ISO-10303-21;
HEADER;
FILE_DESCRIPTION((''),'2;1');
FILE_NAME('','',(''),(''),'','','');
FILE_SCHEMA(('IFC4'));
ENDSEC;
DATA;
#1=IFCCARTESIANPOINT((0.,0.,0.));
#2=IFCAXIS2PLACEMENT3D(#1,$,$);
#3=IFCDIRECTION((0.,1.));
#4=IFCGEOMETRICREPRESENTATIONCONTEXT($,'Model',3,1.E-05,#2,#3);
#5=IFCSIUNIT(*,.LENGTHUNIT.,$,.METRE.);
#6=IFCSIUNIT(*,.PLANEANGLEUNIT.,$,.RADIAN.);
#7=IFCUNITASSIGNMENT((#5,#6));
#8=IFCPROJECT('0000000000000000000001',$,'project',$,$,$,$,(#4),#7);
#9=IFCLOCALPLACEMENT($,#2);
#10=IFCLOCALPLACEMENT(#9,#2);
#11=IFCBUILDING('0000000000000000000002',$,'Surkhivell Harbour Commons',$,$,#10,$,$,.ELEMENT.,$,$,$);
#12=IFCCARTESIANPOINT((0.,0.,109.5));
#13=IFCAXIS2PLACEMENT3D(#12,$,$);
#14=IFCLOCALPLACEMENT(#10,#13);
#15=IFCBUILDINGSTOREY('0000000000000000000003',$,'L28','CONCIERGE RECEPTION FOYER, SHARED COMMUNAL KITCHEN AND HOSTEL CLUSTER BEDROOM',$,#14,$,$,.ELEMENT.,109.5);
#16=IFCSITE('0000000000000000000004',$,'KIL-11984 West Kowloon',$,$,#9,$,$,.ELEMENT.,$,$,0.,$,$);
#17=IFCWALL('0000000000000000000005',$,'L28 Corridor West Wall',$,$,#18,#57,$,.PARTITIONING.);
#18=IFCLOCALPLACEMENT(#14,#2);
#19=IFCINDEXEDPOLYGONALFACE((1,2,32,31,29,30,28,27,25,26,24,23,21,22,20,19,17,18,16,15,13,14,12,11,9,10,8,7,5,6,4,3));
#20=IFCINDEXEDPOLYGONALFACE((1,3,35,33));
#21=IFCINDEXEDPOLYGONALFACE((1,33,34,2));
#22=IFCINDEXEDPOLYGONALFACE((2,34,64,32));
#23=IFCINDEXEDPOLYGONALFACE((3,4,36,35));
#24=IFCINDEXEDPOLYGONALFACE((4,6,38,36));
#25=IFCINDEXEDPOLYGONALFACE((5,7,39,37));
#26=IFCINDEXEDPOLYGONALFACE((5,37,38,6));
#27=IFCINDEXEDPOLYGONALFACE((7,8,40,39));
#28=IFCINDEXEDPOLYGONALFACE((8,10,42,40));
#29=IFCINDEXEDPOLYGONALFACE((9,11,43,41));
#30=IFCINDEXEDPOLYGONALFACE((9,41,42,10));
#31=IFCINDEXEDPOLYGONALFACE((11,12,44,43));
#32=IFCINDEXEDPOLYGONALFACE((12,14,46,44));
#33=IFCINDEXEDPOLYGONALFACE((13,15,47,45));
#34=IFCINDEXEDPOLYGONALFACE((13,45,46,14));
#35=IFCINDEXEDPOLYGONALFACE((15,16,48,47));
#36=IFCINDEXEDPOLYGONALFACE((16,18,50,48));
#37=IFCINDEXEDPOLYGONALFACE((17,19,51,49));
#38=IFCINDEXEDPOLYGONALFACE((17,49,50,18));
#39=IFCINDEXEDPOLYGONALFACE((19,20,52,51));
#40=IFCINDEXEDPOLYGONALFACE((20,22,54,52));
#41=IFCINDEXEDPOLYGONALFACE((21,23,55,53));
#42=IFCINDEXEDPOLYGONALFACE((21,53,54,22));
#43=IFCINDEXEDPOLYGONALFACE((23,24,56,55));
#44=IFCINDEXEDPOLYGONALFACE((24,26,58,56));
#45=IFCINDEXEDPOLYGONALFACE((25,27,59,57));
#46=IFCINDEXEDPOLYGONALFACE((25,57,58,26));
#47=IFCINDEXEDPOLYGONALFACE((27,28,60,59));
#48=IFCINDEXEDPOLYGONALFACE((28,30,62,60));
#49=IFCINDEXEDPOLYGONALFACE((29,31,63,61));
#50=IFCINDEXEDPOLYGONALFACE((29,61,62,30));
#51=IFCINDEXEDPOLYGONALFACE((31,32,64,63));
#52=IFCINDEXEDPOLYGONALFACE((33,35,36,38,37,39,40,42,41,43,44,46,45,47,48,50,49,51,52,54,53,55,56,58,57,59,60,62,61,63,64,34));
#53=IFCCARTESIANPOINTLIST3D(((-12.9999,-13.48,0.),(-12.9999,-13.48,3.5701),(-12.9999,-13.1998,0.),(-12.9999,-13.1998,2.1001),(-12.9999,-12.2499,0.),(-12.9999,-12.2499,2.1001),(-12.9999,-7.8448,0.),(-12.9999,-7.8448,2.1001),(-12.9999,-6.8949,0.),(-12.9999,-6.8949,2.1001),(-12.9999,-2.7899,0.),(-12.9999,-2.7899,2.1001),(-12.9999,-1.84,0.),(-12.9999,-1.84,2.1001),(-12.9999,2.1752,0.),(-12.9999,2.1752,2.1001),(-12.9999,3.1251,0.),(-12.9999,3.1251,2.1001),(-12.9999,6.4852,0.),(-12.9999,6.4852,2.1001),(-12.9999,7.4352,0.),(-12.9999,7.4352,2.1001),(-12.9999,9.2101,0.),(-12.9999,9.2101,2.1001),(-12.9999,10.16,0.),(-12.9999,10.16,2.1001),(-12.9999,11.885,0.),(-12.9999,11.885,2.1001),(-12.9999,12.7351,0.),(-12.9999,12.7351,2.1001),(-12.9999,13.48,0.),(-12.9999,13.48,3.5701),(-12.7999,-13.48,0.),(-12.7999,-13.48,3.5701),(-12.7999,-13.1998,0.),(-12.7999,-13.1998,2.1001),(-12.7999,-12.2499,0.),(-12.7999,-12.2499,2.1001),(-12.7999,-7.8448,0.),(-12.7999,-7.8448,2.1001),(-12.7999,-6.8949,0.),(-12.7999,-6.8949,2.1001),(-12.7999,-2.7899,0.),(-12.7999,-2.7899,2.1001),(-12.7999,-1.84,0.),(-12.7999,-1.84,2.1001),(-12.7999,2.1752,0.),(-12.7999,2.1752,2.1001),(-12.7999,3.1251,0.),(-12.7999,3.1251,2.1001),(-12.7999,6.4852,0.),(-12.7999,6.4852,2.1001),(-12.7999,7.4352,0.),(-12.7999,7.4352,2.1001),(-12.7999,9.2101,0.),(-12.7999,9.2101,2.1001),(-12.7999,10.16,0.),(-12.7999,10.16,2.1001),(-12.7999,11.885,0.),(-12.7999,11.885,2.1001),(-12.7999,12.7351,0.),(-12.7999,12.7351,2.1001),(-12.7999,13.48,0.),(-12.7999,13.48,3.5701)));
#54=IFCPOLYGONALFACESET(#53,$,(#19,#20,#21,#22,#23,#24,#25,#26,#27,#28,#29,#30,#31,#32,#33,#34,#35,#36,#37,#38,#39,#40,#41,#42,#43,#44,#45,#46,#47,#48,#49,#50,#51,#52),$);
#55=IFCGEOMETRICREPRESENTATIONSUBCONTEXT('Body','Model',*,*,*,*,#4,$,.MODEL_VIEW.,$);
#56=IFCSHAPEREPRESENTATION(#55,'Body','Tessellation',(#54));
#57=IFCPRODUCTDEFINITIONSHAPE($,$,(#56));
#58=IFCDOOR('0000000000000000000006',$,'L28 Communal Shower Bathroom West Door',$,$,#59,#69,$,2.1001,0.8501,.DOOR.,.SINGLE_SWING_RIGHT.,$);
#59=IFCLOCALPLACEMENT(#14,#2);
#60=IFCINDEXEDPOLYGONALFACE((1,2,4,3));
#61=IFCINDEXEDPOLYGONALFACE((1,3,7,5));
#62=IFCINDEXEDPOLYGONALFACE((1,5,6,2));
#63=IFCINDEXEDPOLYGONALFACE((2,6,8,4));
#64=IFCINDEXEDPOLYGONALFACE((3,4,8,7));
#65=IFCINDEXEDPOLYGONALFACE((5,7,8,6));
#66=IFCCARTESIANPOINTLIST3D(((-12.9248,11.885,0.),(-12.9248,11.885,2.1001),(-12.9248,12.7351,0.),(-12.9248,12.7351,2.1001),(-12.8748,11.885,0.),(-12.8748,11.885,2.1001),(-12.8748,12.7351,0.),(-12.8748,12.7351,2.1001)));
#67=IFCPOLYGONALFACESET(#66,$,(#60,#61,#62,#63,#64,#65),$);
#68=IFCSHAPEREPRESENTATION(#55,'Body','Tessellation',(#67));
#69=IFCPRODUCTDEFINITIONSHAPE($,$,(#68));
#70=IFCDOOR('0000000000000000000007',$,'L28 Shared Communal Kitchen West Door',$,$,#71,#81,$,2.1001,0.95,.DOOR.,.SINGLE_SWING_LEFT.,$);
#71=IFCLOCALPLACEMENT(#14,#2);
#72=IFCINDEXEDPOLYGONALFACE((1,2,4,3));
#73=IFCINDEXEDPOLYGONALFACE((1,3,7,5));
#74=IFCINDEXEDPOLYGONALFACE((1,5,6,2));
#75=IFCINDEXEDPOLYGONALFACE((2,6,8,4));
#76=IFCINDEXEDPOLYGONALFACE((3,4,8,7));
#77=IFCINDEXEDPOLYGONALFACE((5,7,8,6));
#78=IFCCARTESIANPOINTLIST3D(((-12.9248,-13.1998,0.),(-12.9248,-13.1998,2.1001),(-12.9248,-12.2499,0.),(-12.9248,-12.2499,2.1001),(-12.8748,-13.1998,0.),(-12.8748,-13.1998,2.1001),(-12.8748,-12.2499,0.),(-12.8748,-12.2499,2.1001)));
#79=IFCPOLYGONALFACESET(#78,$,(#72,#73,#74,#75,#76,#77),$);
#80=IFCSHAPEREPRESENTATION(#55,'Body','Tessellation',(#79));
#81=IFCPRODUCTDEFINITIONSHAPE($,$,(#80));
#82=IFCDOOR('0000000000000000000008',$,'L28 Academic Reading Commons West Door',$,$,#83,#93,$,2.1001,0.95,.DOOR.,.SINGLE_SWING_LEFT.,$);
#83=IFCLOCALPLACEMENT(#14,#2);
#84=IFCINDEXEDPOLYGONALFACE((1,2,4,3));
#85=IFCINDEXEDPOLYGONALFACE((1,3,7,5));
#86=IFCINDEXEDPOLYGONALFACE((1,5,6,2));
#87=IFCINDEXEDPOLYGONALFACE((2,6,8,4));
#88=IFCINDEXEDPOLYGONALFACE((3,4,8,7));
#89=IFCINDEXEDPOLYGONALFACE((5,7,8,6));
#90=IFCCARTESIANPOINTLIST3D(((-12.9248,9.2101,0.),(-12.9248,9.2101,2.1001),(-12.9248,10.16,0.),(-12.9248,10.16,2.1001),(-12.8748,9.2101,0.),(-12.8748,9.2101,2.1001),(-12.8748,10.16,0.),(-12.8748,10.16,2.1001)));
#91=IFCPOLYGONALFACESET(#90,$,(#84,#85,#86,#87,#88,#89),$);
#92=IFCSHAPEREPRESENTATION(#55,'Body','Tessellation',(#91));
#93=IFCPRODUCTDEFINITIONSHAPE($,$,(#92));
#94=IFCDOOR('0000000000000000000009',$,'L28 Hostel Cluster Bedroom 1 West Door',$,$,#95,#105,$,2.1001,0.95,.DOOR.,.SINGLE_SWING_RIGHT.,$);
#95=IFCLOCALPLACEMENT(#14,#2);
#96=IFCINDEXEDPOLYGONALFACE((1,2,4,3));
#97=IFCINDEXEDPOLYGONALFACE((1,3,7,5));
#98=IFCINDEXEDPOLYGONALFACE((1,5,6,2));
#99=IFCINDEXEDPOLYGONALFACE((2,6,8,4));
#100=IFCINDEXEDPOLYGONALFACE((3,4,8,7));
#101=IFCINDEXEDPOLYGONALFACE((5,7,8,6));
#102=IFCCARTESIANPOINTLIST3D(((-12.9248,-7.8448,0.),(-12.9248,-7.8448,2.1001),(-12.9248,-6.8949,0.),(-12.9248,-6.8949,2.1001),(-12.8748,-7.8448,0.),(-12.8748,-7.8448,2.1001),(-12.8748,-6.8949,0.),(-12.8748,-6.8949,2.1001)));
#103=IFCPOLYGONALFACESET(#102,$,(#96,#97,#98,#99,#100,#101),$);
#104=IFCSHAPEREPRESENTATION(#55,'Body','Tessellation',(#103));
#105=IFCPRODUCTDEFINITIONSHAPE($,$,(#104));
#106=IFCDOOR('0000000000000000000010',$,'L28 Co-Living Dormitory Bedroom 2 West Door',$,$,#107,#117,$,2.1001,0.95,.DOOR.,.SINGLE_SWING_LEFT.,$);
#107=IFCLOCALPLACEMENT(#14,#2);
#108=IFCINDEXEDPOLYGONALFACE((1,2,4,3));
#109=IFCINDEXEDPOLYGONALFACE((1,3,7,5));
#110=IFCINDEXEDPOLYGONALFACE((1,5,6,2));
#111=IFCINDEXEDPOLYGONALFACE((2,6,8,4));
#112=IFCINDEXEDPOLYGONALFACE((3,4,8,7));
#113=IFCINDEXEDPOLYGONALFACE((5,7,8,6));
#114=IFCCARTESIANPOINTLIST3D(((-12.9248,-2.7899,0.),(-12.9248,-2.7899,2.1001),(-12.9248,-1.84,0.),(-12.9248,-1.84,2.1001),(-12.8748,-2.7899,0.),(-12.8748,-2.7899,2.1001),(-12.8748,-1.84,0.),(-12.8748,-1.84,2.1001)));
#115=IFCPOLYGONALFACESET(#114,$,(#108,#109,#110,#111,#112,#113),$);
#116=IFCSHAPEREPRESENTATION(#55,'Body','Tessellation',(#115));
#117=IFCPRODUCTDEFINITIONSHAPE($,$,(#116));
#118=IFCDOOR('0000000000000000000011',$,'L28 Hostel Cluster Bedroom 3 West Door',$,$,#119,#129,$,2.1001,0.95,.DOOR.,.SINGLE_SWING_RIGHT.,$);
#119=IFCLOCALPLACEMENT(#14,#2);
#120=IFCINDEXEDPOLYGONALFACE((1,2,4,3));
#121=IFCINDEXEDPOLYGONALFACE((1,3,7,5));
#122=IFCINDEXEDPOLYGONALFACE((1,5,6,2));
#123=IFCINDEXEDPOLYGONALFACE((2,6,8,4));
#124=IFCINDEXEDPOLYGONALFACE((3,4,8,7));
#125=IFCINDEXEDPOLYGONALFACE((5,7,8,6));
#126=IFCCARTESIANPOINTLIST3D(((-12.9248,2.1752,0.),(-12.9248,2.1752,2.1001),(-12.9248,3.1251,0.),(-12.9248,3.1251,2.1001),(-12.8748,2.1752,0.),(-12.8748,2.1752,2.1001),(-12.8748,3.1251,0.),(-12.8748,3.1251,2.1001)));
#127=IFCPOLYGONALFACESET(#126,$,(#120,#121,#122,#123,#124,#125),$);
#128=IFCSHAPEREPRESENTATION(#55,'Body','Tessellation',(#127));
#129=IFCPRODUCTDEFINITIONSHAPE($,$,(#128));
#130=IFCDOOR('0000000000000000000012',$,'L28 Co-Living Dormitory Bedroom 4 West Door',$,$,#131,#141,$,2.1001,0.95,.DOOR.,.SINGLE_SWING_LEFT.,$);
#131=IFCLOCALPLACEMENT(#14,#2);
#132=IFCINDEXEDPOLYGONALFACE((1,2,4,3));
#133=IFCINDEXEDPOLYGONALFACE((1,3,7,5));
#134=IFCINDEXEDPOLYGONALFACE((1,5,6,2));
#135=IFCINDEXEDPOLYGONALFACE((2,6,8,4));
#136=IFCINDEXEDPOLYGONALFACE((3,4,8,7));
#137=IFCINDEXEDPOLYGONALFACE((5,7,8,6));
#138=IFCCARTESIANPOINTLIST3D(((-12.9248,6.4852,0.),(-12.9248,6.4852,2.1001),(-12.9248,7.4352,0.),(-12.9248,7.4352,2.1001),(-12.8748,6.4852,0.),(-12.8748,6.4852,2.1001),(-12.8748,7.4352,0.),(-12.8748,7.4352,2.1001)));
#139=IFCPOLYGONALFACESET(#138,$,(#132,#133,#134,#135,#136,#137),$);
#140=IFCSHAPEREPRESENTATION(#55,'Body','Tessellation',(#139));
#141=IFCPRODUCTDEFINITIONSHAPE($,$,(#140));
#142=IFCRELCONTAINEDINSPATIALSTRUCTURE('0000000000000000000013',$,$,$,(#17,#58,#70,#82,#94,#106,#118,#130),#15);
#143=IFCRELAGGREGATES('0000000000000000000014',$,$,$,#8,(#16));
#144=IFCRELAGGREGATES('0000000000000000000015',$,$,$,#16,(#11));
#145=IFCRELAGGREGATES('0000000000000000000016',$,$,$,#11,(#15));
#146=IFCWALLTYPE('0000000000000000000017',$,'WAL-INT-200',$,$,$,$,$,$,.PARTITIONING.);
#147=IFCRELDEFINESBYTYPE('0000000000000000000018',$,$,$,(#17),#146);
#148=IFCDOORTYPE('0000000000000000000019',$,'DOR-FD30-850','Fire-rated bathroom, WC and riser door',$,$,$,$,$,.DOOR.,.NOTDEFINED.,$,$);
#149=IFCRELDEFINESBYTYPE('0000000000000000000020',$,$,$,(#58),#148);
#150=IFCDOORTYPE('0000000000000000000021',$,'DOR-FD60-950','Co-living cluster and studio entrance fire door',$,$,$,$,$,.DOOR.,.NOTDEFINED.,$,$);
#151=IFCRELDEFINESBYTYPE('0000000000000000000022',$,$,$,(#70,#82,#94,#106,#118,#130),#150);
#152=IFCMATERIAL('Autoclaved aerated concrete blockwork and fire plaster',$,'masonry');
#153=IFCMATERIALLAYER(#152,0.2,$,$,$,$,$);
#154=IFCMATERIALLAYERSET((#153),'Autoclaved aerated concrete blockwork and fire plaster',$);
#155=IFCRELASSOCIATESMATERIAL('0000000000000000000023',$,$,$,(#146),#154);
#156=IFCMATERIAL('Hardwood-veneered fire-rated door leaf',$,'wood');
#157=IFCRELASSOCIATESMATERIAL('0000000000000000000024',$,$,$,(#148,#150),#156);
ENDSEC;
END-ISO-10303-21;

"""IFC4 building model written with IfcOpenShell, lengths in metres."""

from ifc_helpers import new_model, si_unit, direction, frame, frame_2d, origin, place, context, subcontext, project, spatial, rectangle, extrude, material, layer, layer_set, type_object, element, fill, save


model = new_model("IFC4")

# Units and contexts
model_context = context("Model", 3, precision=1e-05, world=origin(), true_north=direction((0.0, 1.0)))
body_context = subcontext(model_context, "Body", "Model", "MODEL_VIEW")
ifc_project = project(units=[si_unit("LENGTHUNIT", "METRE"), si_unit("PLANEANGLEUNIT", "RADIAN")], contexts=[model_context])

# Site, building, storey
site_placement = place(None, origin())
site = spatial("IfcSite", under=ifc_project, at=site_placement, Name="KIL-11984 West Kowloon", CompositionType="ELEMENT", RefElevation=0.0)
building_placement = place(site_placement, origin())
building = spatial("IfcBuilding", under=site, at=building_placement, Name="Surkhivell Harbour Commons", CompositionType="ELEMENT")
storey_placement = place(building_placement, frame((0.0, 0.0, 109.5)))
storey = spatial("IfcBuildingStorey", under=building, at=storey_placement, Name="L28", Description="CONCIERGE RECEPTION FOYER, SHARED COMMUNAL KITCHEN AND HOSTEL CLUSTER BEDROOM", CompositionType="ELEMENT", Elevation=109.5)

# Wall, openings, doors
ifc_material_1 = material(Name="Autoclaved aerated concrete blockwork and fire plaster", Category="masonry")
ifc_layer_1 = layer(ifc_material_1, 0.2)
ifc_layer_set_1 = layer_set([ifc_layer_1], Name="Autoclaved aerated concrete blockwork and fire plaster")
wall_type_1 = type_object("IfcWallType", Name="WAL-INT-200", PredefinedType="PARTITIONING", material=ifc_layer_set_1)
ifc_material_2 = material(Name="Hardwood-veneered fire-rated door leaf", Category="wood")
door_type_1 = type_object("IfcDoorType", Name="DOR-FD30-850", Description="Fire-rated bathroom, WC and riser door", OperationType="NOTDEFINED", PredefinedType="DOOR", material=ifc_material_2)
door_type_2 = type_object("IfcDoorType", Name="DOR-FD60-950", Description="Co-living cluster and studio entrance fire door", OperationType="NOTDEFINED", PredefinedType="DOOR", material=ifc_material_2)
wall_1_placement = place(storey_placement, frame((-12.8999, -13.48, 0.0), z_axis=(0.0, 0.0, 1.0), x_axis=(0.0, 1.0, 0.0)))
wall_1 = element("IfcWall", 1, at=wall_1_placement, inside=storey, type_object=wall_type_1, Name="L28 Corridor West Wall", PredefinedType="PARTITIONING", context=body_context, shape_type="SweptSolid", body=[
    extrude(rectangle(XDim=26.96, YDim=0.2, at=frame_2d((13.48, 0.0))), origin(), (0.0, 0.0, 1.0), 3.5701),
])
opening_1_placement = place(wall_1_placement, frame((0.28, 0.0, 0.0)))
opening_1 = element("IfcOpeningElement", 2, at=opening_1_placement, cuts=wall_1, PredefinedType="OPENING", context=body_context, shape_type="SweptSolid", body=[
    extrude(rectangle(XDim=0.95, YDim=2.1001, at=frame_2d((0.4751, 1.05))), frame((0.0, 0.1099, 0.0), z_axis=(0.0, -1.0, 0.0), x_axis=(1.0, 0.0, 0.0)), (0.0, 0.0, 1.0), 0.22),
])
opening_2_placement = place(wall_1_placement, frame((25.365, 0.0, 0.0)))
opening_2 = element("IfcOpeningElement", 3, at=opening_2_placement, cuts=wall_1, PredefinedType="OPENING", context=body_context, shape_type="SweptSolid", body=[
    extrude(rectangle(XDim=0.8501, YDim=2.1001, at=frame_2d((0.425, 1.05))), frame((0.0, 0.1099, 0.0), z_axis=(0.0, -1.0, 0.0), x_axis=(1.0, 0.0, 0.0)), (0.0, 0.0, 1.0), 0.22),
])
opening_3_placement = place(wall_1_placement, frame((22.6899, 0.0, 0.0)))
opening_3 = element("IfcOpeningElement", 4, at=opening_3_placement, cuts=wall_1, PredefinedType="OPENING", context=body_context, shape_type="SweptSolid", body=[
    extrude(rectangle(XDim=0.95, YDim=2.1001, at=frame_2d((0.4751, 1.05))), frame((0.0, 0.1099, 0.0), z_axis=(0.0, -1.0, 0.0), x_axis=(1.0, 0.0, 0.0)), (0.0, 0.0, 1.0), 0.22),
])
opening_4_placement = place(wall_1_placement, frame((5.635, 0.0, 0.0)))
opening_4 = element("IfcOpeningElement", 5, at=opening_4_placement, cuts=wall_1, PredefinedType="OPENING", context=body_context, shape_type="SweptSolid", body=[
    extrude(rectangle(XDim=0.95, YDim=2.1001, at=frame_2d((0.4751, 1.05))), frame((0.0, 0.1099, 0.0), z_axis=(0.0, -1.0, 0.0), x_axis=(1.0, 0.0, 0.0)), (0.0, 0.0, 1.0), 0.22),
])
opening_5_placement = place(wall_1_placement, frame((10.6899, 0.0, 0.0)))
opening_5 = element("IfcOpeningElement", 6, at=opening_5_placement, cuts=wall_1, PredefinedType="OPENING", context=body_context, shape_type="SweptSolid", body=[
    extrude(rectangle(XDim=0.95, YDim=2.1001, at=frame_2d((0.4751, 1.05))), frame((0.0, 0.1099, 0.0), z_axis=(0.0, -1.0, 0.0), x_axis=(1.0, 0.0, 0.0)), (0.0, 0.0, 1.0), 0.22),
])
opening_6_placement = place(wall_1_placement, frame((15.655, 0.0, 0.0)))
opening_6 = element("IfcOpeningElement", 7, at=opening_6_placement, cuts=wall_1, PredefinedType="OPENING", context=body_context, shape_type="SweptSolid", body=[
    extrude(rectangle(XDim=0.95, YDim=2.1001, at=frame_2d((0.4751, 1.05))), frame((0.0, 0.1099, 0.0), z_axis=(0.0, -1.0, 0.0), x_axis=(1.0, 0.0, 0.0)), (0.0, 0.0, 1.0), 0.22),
])
opening_7_placement = place(wall_1_placement, frame((19.9651, 0.0, 0.0)))
opening_7 = element("IfcOpeningElement", 8, at=opening_7_placement, cuts=wall_1, PredefinedType="OPENING", context=body_context, shape_type="SweptSolid", body=[
    extrude(rectangle(XDim=0.95, YDim=2.1001, at=frame_2d((0.4751, 1.05))), frame((0.0, 0.1099, 0.0), z_axis=(0.0, -1.0, 0.0), x_axis=(1.0, 0.0, 0.0)), (0.0, 0.0, 1.0), 0.22),
])
door_1_placement = place(opening_2_placement, origin())
door_1 = element("IfcDoor", 9, at=door_1_placement, inside=storey, type_object=door_type_1, Name="L28 Communal Shower Bathroom West Door", OperationType="SINGLE_SWING_RIGHT", OverallHeight=2.1001, OverallWidth=0.8501, PredefinedType="DOOR", context=body_context, shape_type="SweptSolid", body=[
    extrude(rectangle(XDim=0.8501, YDim=2.1001, at=frame_2d((0.425, 1.05))), frame((0.0, 0.0249, 0.0), z_axis=(0.0, -1.0, 0.0), x_axis=(1.0, 0.0, 0.0)), (0.0, 0.0, 1.0), 0.05),
])
fill(opening_2, door_1)
door_2_placement = place(opening_1_placement, origin())
door_2 = element("IfcDoor", 10, at=door_2_placement, inside=storey, type_object=door_type_2, Name="L28 Shared Communal Kitchen West Door", OperationType="SINGLE_SWING_LEFT", OverallHeight=2.1001, OverallWidth=0.95, PredefinedType="DOOR", context=body_context, shape_type="SweptSolid", body=[
    extrude(rectangle(XDim=0.95, YDim=2.1001, at=frame_2d((0.4751, 1.05))), frame((0.0, 0.0249, 0.0), z_axis=(0.0, -1.0, 0.0), x_axis=(1.0, 0.0, 0.0)), (0.0, 0.0, 1.0), 0.05),
])
fill(opening_1, door_2)
door_3_placement = place(opening_3_placement, origin())
door_3 = element("IfcDoor", 11, at=door_3_placement, inside=storey, type_object=door_type_2, Name="L28 Academic Reading Commons West Door", OperationType="SINGLE_SWING_LEFT", OverallHeight=2.1001, OverallWidth=0.95, PredefinedType="DOOR", context=body_context, shape_type="SweptSolid", body=[
    extrude(rectangle(XDim=0.95, YDim=2.1001, at=frame_2d((0.4751, 1.05))), frame((0.0, 0.0249, 0.0), z_axis=(0.0, -1.0, 0.0), x_axis=(1.0, 0.0, 0.0)), (0.0, 0.0, 1.0), 0.05),
])
fill(opening_3, door_3)
door_4_placement = place(opening_4_placement, origin())
door_4 = element("IfcDoor", 12, at=door_4_placement, inside=storey, type_object=door_type_2, Name="L28 Hostel Cluster Bedroom 1 West Door", OperationType="SINGLE_SWING_RIGHT", OverallHeight=2.1001, OverallWidth=0.95, PredefinedType="DOOR", context=body_context, shape_type="SweptSolid", body=[
    extrude(rectangle(XDim=0.95, YDim=2.1001, at=frame_2d((0.4751, 1.05))), frame((0.0, 0.0249, 0.0), z_axis=(0.0, -1.0, 0.0), x_axis=(1.0, 0.0, 0.0)), (0.0, 0.0, 1.0), 0.05),
])
fill(opening_4, door_4)
door_5_placement = place(opening_5_placement, origin())
door_5 = element("IfcDoor", 13, at=door_5_placement, inside=storey, type_object=door_type_2, Name="L28 Co-Living Dormitory Bedroom 2 West Door", OperationType="SINGLE_SWING_LEFT", OverallHeight=2.1001, OverallWidth=0.95, PredefinedType="DOOR", context=body_context, shape_type="SweptSolid", body=[
    extrude(rectangle(XDim=0.95, YDim=2.1001, at=frame_2d((0.4751, 1.05))), frame((0.0, 0.0249, 0.0), z_axis=(0.0, -1.0, 0.0), x_axis=(1.0, 0.0, 0.0)), (0.0, 0.0, 1.0), 0.05),
])
fill(opening_5, door_5)
door_6_placement = place(opening_6_placement, origin())
door_6 = element("IfcDoor", 14, at=door_6_placement, inside=storey, type_object=door_type_2, Name="L28 Hostel Cluster Bedroom 3 West Door", OperationType="SINGLE_SWING_RIGHT", OverallHeight=2.1001, OverallWidth=0.95, PredefinedType="DOOR", context=body_context, shape_type="SweptSolid", body=[
    extrude(rectangle(XDim=0.95, YDim=2.1001, at=frame_2d((0.4751, 1.05))), frame((0.0, 0.0249, 0.0), z_axis=(0.0, -1.0, 0.0), x_axis=(1.0, 0.0, 0.0)), (0.0, 0.0, 1.0), 0.05),
])
fill(opening_6, door_6)
door_7_placement = place(opening_7_placement, origin())
door_7 = element("IfcDoor", 15, at=door_7_placement, inside=storey, type_object=door_type_2, Name="L28 Co-Living Dormitory Bedroom 4 West Door", OperationType="SINGLE_SWING_LEFT", OverallHeight=2.1001, OverallWidth=0.95, PredefinedType="DOOR", context=body_context, shape_type="SweptSolid", body=[
    extrude(rectangle(XDim=0.95, YDim=2.1001, at=frame_2d((0.4751, 1.05))), frame((0.0, 0.0249, 0.0), z_axis=(0.0, -1.0, 0.0), x_axis=(1.0, 0.0, 0.0)), (0.0, 0.0, 1.0), 0.05),
])
fill(opening_7, door_7)

save(model, "model.ifc")
